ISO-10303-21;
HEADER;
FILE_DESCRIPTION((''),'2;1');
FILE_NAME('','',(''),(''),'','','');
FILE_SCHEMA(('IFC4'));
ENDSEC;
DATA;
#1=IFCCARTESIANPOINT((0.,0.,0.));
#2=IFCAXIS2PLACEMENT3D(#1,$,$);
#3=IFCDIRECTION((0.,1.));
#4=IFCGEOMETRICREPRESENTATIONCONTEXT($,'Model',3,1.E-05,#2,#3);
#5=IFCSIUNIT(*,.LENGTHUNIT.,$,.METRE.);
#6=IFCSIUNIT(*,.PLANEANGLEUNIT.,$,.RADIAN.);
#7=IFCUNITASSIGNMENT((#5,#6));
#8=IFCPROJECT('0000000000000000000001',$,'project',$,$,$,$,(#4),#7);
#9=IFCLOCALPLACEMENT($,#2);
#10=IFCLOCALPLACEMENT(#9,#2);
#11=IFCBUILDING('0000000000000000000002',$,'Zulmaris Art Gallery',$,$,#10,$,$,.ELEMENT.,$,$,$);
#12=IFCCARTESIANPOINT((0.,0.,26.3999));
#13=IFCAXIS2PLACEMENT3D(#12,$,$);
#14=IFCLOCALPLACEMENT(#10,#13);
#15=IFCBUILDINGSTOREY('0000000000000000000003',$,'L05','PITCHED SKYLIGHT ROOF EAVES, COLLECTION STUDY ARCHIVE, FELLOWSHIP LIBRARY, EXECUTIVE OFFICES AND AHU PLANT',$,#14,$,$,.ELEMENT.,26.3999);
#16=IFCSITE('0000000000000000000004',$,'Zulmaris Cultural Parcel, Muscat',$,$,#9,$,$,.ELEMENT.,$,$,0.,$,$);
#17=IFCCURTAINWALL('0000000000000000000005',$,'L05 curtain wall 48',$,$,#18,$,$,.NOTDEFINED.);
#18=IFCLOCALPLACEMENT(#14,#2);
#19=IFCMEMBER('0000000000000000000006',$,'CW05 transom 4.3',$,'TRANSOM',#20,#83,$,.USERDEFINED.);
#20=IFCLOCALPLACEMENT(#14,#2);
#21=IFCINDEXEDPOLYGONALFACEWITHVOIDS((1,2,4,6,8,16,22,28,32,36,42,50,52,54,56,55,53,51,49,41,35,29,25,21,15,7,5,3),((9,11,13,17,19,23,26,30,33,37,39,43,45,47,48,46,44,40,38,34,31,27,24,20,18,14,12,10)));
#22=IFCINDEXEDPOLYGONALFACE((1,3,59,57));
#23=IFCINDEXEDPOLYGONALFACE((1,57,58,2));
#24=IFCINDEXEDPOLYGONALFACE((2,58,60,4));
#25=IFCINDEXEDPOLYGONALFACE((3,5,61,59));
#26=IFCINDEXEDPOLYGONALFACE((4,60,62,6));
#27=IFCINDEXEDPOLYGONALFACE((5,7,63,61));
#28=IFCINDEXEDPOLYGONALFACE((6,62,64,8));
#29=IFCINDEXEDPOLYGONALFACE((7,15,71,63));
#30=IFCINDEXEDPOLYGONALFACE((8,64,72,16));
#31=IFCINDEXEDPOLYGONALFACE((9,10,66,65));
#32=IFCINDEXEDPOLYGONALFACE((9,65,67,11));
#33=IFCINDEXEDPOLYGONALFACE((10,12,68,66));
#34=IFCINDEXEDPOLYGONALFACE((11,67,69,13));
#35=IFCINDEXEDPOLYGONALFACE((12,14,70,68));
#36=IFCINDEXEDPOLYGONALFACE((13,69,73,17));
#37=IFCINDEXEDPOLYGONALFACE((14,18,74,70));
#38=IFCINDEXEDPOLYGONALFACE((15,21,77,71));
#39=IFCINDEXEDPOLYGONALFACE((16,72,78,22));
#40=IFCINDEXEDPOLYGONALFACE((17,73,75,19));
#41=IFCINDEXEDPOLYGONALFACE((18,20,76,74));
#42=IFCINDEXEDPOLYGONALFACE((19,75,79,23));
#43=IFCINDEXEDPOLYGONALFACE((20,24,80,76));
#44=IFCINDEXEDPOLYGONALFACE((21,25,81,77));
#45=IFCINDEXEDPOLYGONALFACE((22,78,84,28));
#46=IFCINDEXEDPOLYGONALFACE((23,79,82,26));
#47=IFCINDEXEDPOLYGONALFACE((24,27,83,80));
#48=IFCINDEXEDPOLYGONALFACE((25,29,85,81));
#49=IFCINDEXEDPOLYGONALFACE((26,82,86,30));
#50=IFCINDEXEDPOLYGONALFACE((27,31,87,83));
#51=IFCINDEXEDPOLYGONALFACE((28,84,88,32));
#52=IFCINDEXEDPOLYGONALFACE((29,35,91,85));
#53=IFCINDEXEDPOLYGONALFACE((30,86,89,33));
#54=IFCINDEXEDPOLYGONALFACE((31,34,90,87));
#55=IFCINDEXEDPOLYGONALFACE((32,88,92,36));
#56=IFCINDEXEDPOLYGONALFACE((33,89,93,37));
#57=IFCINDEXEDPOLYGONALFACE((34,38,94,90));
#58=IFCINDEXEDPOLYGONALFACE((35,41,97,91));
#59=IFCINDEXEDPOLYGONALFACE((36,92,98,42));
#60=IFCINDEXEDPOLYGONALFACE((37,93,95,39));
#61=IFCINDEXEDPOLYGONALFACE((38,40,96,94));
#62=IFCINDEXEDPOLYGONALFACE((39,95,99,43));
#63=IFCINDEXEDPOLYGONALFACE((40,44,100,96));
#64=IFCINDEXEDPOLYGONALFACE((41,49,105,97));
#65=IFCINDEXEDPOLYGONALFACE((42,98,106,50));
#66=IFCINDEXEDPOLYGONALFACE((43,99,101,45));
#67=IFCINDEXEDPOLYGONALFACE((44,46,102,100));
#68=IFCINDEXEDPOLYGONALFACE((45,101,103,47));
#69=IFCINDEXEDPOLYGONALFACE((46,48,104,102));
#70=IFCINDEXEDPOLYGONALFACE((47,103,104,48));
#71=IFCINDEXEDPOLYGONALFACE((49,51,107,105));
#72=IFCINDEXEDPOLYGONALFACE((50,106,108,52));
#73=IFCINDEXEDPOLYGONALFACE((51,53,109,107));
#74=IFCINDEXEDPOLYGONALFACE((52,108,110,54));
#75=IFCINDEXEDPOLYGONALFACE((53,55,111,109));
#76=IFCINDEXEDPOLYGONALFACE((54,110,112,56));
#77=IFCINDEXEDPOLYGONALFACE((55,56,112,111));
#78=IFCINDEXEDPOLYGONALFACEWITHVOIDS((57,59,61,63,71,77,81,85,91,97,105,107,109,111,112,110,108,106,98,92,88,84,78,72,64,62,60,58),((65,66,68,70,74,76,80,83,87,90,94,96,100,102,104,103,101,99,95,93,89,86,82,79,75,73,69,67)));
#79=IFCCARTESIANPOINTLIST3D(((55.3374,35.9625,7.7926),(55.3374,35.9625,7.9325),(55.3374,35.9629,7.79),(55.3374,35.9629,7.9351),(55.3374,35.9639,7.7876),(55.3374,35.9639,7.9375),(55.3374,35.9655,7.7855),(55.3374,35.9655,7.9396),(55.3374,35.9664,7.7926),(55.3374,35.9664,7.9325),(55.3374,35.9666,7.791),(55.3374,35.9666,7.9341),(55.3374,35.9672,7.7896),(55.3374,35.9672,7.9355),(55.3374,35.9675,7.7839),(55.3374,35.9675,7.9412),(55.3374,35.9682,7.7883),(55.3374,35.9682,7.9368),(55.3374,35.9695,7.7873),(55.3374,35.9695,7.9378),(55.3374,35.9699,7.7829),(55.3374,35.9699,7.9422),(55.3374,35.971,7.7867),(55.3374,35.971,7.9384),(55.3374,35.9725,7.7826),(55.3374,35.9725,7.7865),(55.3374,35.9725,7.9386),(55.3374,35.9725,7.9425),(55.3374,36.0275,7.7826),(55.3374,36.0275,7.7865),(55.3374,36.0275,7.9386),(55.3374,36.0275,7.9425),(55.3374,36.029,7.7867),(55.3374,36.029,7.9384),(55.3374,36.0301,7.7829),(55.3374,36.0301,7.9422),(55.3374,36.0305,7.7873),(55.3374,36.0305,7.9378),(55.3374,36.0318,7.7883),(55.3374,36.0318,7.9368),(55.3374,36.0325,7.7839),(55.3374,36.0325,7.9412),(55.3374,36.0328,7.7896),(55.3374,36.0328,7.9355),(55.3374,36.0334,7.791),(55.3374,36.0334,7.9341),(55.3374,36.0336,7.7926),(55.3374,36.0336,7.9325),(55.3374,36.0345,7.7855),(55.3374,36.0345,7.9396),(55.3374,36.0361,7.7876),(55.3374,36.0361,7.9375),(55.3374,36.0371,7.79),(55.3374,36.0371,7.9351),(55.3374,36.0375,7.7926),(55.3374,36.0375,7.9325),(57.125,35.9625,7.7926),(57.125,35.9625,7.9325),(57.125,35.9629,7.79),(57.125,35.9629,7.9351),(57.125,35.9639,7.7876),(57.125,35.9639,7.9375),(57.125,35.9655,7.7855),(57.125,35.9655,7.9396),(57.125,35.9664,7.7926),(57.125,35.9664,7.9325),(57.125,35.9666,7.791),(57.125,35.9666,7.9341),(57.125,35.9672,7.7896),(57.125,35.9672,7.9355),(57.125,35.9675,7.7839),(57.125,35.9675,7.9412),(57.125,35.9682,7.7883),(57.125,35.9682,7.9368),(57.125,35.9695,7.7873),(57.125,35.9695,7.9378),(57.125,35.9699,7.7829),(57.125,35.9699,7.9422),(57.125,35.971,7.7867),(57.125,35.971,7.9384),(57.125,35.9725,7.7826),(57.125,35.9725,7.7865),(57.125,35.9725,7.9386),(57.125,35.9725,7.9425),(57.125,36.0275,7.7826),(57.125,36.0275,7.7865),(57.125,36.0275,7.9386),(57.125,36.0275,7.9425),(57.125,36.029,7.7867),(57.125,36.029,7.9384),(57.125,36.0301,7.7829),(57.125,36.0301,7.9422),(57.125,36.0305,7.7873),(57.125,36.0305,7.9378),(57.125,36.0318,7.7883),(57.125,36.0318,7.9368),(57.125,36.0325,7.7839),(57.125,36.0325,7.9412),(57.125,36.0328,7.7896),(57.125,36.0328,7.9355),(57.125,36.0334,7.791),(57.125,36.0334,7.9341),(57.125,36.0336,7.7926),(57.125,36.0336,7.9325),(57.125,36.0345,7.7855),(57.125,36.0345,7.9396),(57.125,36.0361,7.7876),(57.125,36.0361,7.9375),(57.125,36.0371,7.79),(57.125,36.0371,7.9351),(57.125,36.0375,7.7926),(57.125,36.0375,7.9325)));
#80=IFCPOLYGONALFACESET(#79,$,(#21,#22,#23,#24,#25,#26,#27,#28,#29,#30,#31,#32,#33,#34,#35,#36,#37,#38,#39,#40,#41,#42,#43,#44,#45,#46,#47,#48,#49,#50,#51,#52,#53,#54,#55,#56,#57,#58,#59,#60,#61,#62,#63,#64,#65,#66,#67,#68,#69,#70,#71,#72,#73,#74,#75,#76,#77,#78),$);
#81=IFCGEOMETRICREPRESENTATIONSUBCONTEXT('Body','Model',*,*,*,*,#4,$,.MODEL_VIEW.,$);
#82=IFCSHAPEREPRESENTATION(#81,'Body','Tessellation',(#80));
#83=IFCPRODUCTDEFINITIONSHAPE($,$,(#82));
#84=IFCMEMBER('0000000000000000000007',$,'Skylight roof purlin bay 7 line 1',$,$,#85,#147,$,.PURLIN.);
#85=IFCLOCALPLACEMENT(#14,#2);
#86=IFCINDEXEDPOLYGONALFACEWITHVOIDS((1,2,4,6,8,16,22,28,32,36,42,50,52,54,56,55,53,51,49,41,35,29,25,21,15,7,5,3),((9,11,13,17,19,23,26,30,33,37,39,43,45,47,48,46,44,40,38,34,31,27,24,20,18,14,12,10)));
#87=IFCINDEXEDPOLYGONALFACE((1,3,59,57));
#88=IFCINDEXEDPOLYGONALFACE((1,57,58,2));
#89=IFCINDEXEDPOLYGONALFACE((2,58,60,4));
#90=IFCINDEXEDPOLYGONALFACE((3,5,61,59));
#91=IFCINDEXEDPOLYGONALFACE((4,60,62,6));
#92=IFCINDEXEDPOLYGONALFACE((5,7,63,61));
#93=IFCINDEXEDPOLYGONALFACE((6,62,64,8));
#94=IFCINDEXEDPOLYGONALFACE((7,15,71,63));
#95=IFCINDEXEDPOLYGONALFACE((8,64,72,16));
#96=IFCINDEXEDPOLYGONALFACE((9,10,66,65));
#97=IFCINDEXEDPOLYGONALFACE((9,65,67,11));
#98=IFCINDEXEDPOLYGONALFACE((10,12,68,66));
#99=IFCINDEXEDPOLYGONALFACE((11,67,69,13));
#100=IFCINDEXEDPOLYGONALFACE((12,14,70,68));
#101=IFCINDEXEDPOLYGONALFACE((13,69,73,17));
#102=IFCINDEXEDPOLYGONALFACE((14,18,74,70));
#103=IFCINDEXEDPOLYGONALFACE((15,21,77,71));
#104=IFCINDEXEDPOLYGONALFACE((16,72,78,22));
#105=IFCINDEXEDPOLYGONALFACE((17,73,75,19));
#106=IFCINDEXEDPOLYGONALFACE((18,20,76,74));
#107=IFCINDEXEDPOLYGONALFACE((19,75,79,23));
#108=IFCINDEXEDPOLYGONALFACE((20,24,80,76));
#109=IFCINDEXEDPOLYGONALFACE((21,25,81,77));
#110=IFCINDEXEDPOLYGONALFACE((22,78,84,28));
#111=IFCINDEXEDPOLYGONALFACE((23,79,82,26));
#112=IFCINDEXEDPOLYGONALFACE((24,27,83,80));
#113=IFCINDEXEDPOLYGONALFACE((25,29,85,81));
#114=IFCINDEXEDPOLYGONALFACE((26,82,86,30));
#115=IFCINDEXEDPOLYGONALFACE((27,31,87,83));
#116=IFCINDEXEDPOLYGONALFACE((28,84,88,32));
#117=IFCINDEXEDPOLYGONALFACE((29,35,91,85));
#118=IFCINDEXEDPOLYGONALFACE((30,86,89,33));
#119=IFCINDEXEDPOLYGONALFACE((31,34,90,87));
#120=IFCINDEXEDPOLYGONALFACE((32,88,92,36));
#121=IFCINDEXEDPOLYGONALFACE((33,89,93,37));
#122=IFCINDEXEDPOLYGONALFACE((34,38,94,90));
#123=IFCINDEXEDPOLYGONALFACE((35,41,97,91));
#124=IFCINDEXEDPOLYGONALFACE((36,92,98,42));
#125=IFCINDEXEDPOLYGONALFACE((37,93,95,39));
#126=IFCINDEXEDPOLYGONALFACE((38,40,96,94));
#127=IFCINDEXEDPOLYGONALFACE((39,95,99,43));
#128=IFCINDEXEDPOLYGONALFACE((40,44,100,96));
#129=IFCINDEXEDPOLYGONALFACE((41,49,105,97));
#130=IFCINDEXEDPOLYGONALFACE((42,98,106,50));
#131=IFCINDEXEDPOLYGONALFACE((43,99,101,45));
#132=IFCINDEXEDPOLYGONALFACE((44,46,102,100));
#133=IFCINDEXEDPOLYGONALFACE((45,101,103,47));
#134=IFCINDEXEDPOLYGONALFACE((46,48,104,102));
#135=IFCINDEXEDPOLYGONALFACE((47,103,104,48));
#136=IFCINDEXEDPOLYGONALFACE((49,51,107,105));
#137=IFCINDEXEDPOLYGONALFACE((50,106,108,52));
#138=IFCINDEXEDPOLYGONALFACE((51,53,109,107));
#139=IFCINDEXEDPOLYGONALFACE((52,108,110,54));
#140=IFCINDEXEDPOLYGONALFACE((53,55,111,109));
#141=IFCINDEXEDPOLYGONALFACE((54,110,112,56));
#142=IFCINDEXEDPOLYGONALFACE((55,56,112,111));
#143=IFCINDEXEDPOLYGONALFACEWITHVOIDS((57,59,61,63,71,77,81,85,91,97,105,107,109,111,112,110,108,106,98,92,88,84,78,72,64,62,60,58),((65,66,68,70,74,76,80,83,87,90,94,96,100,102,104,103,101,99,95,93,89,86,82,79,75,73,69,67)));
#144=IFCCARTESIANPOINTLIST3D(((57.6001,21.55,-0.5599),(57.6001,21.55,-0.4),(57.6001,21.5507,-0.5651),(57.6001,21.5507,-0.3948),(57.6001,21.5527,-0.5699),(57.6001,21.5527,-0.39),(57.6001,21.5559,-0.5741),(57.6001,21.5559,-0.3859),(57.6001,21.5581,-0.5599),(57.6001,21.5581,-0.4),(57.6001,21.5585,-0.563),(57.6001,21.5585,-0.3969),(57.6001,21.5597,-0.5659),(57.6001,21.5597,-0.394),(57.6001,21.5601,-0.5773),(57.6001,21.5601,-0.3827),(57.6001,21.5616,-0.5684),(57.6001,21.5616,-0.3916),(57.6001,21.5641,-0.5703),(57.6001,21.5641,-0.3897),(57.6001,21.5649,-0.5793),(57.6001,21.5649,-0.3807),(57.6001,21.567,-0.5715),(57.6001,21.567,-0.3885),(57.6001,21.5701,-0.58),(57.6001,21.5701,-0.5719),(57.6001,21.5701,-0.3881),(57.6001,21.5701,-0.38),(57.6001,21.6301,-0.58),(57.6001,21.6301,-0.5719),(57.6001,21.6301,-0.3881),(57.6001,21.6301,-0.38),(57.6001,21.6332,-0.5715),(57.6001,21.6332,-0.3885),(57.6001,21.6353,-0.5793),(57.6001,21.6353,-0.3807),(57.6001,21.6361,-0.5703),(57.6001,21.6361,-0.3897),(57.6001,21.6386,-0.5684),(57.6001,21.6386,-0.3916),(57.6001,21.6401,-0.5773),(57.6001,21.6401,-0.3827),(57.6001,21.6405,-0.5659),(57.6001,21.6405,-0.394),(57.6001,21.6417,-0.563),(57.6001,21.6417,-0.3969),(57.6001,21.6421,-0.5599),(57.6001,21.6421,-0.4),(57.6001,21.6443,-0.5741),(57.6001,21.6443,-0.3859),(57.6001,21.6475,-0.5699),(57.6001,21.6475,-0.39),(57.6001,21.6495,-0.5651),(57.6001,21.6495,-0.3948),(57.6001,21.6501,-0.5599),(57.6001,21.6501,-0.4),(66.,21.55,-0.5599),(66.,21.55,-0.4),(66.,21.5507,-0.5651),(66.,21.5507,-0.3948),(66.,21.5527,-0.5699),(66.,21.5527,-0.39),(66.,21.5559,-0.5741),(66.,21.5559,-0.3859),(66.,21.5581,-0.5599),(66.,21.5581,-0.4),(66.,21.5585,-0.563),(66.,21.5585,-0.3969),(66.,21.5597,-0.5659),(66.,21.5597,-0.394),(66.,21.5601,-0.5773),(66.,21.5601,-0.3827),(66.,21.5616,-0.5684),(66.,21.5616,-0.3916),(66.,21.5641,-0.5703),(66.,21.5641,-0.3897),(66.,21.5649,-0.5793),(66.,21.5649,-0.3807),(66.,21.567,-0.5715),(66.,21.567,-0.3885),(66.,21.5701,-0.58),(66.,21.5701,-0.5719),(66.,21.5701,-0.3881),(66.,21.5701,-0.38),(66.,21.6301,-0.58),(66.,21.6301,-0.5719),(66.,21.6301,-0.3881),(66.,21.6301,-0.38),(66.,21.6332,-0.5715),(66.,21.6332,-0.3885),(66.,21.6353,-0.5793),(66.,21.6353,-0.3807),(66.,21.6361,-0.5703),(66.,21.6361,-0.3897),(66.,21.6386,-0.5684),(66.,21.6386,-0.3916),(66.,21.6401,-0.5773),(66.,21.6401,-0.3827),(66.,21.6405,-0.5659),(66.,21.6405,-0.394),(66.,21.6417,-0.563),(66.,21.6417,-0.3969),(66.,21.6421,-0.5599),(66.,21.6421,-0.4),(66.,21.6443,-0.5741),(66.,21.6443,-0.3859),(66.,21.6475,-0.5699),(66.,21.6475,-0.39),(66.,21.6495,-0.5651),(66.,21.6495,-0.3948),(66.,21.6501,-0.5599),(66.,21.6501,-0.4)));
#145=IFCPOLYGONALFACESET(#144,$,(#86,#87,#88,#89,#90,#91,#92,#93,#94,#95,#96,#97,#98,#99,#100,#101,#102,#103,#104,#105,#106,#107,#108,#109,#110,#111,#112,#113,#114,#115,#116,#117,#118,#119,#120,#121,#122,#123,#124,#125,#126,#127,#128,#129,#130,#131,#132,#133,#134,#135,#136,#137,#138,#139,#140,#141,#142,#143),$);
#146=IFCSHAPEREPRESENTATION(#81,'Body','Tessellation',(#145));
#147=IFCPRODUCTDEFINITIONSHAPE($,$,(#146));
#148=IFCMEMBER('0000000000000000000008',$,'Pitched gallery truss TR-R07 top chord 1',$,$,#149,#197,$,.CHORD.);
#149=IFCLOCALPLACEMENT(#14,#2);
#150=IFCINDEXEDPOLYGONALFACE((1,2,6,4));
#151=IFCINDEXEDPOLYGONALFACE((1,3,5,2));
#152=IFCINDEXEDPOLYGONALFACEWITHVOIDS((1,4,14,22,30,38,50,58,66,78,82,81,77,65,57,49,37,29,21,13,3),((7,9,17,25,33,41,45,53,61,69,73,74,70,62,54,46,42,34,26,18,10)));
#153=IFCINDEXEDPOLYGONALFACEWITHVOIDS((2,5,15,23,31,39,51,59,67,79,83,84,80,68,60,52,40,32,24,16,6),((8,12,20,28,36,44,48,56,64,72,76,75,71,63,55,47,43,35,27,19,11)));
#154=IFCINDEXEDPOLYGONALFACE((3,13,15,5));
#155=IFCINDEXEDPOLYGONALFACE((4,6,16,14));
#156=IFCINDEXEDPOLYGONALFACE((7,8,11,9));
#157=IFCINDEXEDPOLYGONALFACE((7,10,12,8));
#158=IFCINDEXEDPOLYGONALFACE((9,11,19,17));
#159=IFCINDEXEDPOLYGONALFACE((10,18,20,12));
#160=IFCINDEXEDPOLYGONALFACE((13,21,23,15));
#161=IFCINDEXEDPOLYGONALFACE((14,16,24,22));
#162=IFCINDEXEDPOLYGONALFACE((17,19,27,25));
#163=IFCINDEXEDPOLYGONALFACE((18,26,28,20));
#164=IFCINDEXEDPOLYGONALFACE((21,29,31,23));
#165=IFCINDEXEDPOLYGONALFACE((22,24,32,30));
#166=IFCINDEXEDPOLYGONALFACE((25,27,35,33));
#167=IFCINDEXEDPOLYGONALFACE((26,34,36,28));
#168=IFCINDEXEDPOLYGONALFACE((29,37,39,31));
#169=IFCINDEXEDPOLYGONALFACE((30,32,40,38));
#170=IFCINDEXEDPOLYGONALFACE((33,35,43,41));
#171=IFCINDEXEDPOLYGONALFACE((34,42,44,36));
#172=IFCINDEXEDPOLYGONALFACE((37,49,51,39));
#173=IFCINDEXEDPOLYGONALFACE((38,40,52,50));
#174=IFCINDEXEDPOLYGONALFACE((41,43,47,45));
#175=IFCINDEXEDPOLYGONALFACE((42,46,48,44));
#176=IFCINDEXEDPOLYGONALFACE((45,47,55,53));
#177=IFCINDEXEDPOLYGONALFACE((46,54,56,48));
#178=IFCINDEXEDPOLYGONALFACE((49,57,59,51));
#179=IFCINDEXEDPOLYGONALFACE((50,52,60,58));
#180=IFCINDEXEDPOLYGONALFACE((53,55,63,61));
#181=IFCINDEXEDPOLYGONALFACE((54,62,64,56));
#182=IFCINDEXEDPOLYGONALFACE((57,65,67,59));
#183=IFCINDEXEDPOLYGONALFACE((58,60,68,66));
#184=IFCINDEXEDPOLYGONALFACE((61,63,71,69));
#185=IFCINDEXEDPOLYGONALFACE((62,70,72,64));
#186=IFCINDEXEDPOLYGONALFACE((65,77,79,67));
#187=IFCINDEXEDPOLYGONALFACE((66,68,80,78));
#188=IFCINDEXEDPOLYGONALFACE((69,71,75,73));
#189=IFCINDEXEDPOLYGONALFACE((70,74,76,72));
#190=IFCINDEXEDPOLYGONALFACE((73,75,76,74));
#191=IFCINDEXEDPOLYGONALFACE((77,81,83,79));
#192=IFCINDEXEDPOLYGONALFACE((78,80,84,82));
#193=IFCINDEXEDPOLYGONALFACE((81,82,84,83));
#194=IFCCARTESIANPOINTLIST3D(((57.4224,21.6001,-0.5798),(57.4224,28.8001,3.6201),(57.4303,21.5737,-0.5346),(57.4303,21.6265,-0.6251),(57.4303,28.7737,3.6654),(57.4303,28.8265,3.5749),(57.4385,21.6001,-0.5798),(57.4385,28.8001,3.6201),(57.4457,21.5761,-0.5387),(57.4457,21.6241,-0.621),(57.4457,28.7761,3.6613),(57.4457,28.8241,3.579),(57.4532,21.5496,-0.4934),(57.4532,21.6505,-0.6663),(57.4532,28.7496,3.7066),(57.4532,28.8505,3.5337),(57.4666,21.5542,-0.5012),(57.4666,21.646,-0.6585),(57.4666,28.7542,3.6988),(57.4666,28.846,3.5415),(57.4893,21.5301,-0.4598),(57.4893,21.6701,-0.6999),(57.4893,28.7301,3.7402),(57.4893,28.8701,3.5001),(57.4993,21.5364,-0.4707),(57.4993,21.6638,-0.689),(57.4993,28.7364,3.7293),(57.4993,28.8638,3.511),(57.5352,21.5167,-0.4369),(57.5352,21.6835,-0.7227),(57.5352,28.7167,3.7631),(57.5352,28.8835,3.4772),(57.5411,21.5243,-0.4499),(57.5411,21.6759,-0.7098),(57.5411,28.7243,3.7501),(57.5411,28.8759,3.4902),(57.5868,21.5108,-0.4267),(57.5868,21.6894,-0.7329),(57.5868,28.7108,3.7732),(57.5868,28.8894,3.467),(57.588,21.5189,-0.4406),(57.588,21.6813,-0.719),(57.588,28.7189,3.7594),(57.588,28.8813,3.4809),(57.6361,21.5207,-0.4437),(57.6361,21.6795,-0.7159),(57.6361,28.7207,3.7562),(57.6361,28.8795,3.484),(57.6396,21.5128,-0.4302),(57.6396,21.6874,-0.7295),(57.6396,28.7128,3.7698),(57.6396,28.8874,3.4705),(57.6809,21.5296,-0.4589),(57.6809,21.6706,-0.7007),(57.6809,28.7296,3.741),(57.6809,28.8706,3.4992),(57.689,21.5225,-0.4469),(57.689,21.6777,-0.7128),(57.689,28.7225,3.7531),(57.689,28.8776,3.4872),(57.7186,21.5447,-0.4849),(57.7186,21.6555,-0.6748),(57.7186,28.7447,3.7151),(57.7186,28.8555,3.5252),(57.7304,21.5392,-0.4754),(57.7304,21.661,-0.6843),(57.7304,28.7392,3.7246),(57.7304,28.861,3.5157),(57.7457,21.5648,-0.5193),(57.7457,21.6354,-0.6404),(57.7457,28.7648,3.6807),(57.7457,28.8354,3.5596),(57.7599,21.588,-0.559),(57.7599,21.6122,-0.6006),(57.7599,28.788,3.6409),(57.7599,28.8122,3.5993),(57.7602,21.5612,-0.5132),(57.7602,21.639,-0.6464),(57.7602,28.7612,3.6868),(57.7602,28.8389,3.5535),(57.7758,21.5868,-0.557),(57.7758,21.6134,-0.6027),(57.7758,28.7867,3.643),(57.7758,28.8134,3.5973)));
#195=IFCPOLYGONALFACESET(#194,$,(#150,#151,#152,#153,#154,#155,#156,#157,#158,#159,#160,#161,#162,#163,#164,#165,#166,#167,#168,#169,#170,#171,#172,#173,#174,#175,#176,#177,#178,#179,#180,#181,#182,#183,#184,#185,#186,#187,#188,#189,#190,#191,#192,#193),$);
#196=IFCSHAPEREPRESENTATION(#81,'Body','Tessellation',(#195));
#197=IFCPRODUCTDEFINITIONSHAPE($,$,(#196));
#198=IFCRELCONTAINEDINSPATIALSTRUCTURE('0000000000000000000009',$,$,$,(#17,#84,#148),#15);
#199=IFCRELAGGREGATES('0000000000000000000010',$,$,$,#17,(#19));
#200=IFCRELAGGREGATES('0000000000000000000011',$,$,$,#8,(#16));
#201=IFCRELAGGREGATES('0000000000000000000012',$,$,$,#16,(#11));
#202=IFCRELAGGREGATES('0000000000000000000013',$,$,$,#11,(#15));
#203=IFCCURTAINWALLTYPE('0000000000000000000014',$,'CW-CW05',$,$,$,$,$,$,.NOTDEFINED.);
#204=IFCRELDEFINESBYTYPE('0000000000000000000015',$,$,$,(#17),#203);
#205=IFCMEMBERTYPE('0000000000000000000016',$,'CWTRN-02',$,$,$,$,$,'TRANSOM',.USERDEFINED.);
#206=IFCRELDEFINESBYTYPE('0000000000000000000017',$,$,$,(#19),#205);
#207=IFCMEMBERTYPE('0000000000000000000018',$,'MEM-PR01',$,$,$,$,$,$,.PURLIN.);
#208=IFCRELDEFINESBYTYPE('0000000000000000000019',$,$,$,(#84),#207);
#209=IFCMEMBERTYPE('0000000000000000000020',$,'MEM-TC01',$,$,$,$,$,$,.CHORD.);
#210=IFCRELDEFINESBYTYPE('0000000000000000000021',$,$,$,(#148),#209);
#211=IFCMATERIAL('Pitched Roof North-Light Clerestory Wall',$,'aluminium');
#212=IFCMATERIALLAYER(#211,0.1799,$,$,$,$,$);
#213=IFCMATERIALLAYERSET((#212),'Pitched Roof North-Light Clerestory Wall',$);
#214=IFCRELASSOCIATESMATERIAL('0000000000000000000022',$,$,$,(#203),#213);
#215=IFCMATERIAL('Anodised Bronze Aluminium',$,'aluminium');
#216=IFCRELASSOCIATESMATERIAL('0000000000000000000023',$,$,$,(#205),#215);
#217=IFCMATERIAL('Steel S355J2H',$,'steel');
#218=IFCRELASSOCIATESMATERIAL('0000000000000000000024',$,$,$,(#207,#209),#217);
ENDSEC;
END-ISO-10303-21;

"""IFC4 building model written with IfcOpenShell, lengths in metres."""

from ifc_helpers import new_model, si_unit, direction, frame, origin, origin_2d, place, context, subcontext, project, spatial, hollow_rectangle, hollow_circle, extrude, material, layer, layer_set, material_profile, profile_set, type_object, element, aggregate, save


model = new_model("IFC4")

# Units and contexts
model_context = context("Model", 3, precision=1e-05, world=origin(), true_north=direction((0.0, 1.0)))
body_context = subcontext(model_context, "Body", "Model", "MODEL_VIEW")
ifc_project = project(units=[si_unit("LENGTHUNIT", "METRE"), si_unit("PLANEANGLEUNIT", "RADIAN")], contexts=[model_context])

# Site, building, storey
site_placement = place(None, origin())
site = spatial("IfcSite", under=ifc_project, at=site_placement, Name="Zulmaris Cultural Parcel, Muscat", CompositionType="ELEMENT", RefElevation=0.0)
building_placement = place(site_placement, origin())
building = spatial("IfcBuilding", under=site, at=building_placement, Name="Zulmaris Art Gallery", CompositionType="ELEMENT")
storey_placement = place(building_placement, frame((0.0, 0.0, 26.3999)))
storey = spatial("IfcBuildingStorey", under=building, at=storey_placement, Name="L05", Description="PITCHED SKYLIGHT ROOF EAVES, COLLECTION STUDY ARCHIVE, FELLOWSHIP LIBRARY, EXECUTIVE OFFICES AND AHU PLANT", CompositionType="ELEMENT", Elevation=26.3999)

# Curtain wall, member
ifc_material_1 = material(Name="Pitched Roof North-Light Clerestory Wall", Category="aluminium")
ifc_layer_1 = layer(ifc_material_1, 0.1799)
ifc_layer_set_1 = layer_set([ifc_layer_1], Name="Pitched Roof North-Light Clerestory Wall")
curtain_wall_type = type_object("IfcCurtainWallType", Name="CW-CW05", PredefinedType="NOTDEFINED", material=ifc_layer_set_1)
curtain_wall_placement = place(storey_placement, origin())
curtain_wall = element("IfcCurtainWall", 1, at=curtain_wall_placement, inside=storey, type_object=curtain_wall_type, Name="L05 curtain wall 48", PredefinedType="NOTDEFINED")
ifc_material_2 = material(Name="Anodised Bronze Aluminium", Category="aluminium")
ifc_material_profile_1 = material_profile(ifc_material_2, hollow_rectangle(XDim=0.075, YDim=0.1599, WallThickness=0.0039, InnerFilletRadius=0.0061, OuterFilletRadius=0.01, at=origin_2d()), Name="ALU 75x160x4")
ifc_profile_set_1 = profile_set([ifc_material_profile_1], Name="Anodised Bronze Aluminium")
member_type_1 = type_object("IfcMemberType", Name="CWTRN-02", ElementType="TRANSOM", PredefinedType="USERDEFINED", material=ifc_profile_set_1)
member_1_placement = place(storey_placement, frame((55.3374, 36.0, 7.8625), z_axis=(1.0, 0.0, 0.0), x_axis=(0.0, 1.0, 0.0)))
member_1 = element("IfcMember", 2, at=member_1_placement, type_object=member_type_1, Name="CW05 transom 4.3", ObjectType="TRANSOM", PredefinedType="USERDEFINED", context=body_context, shape_type="SweptSolid", body=[
    extrude(hollow_rectangle(XDim=0.075, YDim=0.1599, WallThickness=0.0039, InnerFilletRadius=0.0061, OuterFilletRadius=0.01, at=origin_2d()), origin(), (0.0, 0.0, 1.0), 1.7876),
])

# Members
ifc_material_3 = material(Name="Steel S355J2H", Category="steel")
ifc_material_profile_2 = material_profile(ifc_material_3, hollow_rectangle(XDim=0.1001, YDim=0.2, WallThickness=0.0081, InnerFilletRadius=0.012, OuterFilletRadius=0.02, at=origin_2d()), Name="RHS 200x100x8")
ifc_profile_set_2 = profile_set([ifc_material_profile_2], Name="Steel S355J2H")
member_type_2 = type_object("IfcMemberType", Name="MEM-PR01", PredefinedType="PURLIN", material=ifc_profile_set_2)
member_2_placement = place(storey_placement, frame((57.6001, 21.6001, -0.48), z_axis=(1.0, 0.0, 0.0), x_axis=(0.0, 1.0, 0.0)))
element("IfcMember", 3, at=member_2_placement, inside=storey, type_object=member_type_2, Name="Skylight roof purlin bay 7 line 1", PredefinedType="PURLIN", context=body_context, shape_type="SweptSolid", body=[
    extrude(hollow_rectangle(XDim=0.1001, YDim=0.2, WallThickness=0.0081, InnerFilletRadius=0.012, OuterFilletRadius=0.02, at=origin_2d()), origin(), (0.0, 0.0, 1.0), 8.3999),
])
ifc_material_profile_3 = material_profile(ifc_material_3, hollow_circle(Radius=0.1777, WallThickness=0.0161, at=origin_2d()), Name="CHS 355.6x16")
ifc_profile_set_3 = profile_set([ifc_material_profile_3], Name="Steel S355J2H")
member_type_3 = type_object("IfcMemberType", Name="MEM-TC01", PredefinedType="CHORD", material=ifc_profile_set_3)
member_3_placement = place(storey_placement, frame((57.6001, 21.6001, -0.5798), z_axis=(0.0, 0.86378, 0.503869), x_axis=(-1.0, 0.0, 0.0)))
element("IfcMember", 4, at=member_3_placement, inside=storey, type_object=member_type_3, Name="Pitched gallery truss TR-R07 top chord 1", PredefinedType="CHORD", context=body_context, shape_type="SweptSolid", body=[
    extrude(hollow_circle(Radius=0.1777, WallThickness=0.0161, at=origin_2d()), origin(), (0.0, 0.0, 1.0), 8.3354),
])

aggregate(curtain_wall, [member_1])

save(model, "model.ifc")
